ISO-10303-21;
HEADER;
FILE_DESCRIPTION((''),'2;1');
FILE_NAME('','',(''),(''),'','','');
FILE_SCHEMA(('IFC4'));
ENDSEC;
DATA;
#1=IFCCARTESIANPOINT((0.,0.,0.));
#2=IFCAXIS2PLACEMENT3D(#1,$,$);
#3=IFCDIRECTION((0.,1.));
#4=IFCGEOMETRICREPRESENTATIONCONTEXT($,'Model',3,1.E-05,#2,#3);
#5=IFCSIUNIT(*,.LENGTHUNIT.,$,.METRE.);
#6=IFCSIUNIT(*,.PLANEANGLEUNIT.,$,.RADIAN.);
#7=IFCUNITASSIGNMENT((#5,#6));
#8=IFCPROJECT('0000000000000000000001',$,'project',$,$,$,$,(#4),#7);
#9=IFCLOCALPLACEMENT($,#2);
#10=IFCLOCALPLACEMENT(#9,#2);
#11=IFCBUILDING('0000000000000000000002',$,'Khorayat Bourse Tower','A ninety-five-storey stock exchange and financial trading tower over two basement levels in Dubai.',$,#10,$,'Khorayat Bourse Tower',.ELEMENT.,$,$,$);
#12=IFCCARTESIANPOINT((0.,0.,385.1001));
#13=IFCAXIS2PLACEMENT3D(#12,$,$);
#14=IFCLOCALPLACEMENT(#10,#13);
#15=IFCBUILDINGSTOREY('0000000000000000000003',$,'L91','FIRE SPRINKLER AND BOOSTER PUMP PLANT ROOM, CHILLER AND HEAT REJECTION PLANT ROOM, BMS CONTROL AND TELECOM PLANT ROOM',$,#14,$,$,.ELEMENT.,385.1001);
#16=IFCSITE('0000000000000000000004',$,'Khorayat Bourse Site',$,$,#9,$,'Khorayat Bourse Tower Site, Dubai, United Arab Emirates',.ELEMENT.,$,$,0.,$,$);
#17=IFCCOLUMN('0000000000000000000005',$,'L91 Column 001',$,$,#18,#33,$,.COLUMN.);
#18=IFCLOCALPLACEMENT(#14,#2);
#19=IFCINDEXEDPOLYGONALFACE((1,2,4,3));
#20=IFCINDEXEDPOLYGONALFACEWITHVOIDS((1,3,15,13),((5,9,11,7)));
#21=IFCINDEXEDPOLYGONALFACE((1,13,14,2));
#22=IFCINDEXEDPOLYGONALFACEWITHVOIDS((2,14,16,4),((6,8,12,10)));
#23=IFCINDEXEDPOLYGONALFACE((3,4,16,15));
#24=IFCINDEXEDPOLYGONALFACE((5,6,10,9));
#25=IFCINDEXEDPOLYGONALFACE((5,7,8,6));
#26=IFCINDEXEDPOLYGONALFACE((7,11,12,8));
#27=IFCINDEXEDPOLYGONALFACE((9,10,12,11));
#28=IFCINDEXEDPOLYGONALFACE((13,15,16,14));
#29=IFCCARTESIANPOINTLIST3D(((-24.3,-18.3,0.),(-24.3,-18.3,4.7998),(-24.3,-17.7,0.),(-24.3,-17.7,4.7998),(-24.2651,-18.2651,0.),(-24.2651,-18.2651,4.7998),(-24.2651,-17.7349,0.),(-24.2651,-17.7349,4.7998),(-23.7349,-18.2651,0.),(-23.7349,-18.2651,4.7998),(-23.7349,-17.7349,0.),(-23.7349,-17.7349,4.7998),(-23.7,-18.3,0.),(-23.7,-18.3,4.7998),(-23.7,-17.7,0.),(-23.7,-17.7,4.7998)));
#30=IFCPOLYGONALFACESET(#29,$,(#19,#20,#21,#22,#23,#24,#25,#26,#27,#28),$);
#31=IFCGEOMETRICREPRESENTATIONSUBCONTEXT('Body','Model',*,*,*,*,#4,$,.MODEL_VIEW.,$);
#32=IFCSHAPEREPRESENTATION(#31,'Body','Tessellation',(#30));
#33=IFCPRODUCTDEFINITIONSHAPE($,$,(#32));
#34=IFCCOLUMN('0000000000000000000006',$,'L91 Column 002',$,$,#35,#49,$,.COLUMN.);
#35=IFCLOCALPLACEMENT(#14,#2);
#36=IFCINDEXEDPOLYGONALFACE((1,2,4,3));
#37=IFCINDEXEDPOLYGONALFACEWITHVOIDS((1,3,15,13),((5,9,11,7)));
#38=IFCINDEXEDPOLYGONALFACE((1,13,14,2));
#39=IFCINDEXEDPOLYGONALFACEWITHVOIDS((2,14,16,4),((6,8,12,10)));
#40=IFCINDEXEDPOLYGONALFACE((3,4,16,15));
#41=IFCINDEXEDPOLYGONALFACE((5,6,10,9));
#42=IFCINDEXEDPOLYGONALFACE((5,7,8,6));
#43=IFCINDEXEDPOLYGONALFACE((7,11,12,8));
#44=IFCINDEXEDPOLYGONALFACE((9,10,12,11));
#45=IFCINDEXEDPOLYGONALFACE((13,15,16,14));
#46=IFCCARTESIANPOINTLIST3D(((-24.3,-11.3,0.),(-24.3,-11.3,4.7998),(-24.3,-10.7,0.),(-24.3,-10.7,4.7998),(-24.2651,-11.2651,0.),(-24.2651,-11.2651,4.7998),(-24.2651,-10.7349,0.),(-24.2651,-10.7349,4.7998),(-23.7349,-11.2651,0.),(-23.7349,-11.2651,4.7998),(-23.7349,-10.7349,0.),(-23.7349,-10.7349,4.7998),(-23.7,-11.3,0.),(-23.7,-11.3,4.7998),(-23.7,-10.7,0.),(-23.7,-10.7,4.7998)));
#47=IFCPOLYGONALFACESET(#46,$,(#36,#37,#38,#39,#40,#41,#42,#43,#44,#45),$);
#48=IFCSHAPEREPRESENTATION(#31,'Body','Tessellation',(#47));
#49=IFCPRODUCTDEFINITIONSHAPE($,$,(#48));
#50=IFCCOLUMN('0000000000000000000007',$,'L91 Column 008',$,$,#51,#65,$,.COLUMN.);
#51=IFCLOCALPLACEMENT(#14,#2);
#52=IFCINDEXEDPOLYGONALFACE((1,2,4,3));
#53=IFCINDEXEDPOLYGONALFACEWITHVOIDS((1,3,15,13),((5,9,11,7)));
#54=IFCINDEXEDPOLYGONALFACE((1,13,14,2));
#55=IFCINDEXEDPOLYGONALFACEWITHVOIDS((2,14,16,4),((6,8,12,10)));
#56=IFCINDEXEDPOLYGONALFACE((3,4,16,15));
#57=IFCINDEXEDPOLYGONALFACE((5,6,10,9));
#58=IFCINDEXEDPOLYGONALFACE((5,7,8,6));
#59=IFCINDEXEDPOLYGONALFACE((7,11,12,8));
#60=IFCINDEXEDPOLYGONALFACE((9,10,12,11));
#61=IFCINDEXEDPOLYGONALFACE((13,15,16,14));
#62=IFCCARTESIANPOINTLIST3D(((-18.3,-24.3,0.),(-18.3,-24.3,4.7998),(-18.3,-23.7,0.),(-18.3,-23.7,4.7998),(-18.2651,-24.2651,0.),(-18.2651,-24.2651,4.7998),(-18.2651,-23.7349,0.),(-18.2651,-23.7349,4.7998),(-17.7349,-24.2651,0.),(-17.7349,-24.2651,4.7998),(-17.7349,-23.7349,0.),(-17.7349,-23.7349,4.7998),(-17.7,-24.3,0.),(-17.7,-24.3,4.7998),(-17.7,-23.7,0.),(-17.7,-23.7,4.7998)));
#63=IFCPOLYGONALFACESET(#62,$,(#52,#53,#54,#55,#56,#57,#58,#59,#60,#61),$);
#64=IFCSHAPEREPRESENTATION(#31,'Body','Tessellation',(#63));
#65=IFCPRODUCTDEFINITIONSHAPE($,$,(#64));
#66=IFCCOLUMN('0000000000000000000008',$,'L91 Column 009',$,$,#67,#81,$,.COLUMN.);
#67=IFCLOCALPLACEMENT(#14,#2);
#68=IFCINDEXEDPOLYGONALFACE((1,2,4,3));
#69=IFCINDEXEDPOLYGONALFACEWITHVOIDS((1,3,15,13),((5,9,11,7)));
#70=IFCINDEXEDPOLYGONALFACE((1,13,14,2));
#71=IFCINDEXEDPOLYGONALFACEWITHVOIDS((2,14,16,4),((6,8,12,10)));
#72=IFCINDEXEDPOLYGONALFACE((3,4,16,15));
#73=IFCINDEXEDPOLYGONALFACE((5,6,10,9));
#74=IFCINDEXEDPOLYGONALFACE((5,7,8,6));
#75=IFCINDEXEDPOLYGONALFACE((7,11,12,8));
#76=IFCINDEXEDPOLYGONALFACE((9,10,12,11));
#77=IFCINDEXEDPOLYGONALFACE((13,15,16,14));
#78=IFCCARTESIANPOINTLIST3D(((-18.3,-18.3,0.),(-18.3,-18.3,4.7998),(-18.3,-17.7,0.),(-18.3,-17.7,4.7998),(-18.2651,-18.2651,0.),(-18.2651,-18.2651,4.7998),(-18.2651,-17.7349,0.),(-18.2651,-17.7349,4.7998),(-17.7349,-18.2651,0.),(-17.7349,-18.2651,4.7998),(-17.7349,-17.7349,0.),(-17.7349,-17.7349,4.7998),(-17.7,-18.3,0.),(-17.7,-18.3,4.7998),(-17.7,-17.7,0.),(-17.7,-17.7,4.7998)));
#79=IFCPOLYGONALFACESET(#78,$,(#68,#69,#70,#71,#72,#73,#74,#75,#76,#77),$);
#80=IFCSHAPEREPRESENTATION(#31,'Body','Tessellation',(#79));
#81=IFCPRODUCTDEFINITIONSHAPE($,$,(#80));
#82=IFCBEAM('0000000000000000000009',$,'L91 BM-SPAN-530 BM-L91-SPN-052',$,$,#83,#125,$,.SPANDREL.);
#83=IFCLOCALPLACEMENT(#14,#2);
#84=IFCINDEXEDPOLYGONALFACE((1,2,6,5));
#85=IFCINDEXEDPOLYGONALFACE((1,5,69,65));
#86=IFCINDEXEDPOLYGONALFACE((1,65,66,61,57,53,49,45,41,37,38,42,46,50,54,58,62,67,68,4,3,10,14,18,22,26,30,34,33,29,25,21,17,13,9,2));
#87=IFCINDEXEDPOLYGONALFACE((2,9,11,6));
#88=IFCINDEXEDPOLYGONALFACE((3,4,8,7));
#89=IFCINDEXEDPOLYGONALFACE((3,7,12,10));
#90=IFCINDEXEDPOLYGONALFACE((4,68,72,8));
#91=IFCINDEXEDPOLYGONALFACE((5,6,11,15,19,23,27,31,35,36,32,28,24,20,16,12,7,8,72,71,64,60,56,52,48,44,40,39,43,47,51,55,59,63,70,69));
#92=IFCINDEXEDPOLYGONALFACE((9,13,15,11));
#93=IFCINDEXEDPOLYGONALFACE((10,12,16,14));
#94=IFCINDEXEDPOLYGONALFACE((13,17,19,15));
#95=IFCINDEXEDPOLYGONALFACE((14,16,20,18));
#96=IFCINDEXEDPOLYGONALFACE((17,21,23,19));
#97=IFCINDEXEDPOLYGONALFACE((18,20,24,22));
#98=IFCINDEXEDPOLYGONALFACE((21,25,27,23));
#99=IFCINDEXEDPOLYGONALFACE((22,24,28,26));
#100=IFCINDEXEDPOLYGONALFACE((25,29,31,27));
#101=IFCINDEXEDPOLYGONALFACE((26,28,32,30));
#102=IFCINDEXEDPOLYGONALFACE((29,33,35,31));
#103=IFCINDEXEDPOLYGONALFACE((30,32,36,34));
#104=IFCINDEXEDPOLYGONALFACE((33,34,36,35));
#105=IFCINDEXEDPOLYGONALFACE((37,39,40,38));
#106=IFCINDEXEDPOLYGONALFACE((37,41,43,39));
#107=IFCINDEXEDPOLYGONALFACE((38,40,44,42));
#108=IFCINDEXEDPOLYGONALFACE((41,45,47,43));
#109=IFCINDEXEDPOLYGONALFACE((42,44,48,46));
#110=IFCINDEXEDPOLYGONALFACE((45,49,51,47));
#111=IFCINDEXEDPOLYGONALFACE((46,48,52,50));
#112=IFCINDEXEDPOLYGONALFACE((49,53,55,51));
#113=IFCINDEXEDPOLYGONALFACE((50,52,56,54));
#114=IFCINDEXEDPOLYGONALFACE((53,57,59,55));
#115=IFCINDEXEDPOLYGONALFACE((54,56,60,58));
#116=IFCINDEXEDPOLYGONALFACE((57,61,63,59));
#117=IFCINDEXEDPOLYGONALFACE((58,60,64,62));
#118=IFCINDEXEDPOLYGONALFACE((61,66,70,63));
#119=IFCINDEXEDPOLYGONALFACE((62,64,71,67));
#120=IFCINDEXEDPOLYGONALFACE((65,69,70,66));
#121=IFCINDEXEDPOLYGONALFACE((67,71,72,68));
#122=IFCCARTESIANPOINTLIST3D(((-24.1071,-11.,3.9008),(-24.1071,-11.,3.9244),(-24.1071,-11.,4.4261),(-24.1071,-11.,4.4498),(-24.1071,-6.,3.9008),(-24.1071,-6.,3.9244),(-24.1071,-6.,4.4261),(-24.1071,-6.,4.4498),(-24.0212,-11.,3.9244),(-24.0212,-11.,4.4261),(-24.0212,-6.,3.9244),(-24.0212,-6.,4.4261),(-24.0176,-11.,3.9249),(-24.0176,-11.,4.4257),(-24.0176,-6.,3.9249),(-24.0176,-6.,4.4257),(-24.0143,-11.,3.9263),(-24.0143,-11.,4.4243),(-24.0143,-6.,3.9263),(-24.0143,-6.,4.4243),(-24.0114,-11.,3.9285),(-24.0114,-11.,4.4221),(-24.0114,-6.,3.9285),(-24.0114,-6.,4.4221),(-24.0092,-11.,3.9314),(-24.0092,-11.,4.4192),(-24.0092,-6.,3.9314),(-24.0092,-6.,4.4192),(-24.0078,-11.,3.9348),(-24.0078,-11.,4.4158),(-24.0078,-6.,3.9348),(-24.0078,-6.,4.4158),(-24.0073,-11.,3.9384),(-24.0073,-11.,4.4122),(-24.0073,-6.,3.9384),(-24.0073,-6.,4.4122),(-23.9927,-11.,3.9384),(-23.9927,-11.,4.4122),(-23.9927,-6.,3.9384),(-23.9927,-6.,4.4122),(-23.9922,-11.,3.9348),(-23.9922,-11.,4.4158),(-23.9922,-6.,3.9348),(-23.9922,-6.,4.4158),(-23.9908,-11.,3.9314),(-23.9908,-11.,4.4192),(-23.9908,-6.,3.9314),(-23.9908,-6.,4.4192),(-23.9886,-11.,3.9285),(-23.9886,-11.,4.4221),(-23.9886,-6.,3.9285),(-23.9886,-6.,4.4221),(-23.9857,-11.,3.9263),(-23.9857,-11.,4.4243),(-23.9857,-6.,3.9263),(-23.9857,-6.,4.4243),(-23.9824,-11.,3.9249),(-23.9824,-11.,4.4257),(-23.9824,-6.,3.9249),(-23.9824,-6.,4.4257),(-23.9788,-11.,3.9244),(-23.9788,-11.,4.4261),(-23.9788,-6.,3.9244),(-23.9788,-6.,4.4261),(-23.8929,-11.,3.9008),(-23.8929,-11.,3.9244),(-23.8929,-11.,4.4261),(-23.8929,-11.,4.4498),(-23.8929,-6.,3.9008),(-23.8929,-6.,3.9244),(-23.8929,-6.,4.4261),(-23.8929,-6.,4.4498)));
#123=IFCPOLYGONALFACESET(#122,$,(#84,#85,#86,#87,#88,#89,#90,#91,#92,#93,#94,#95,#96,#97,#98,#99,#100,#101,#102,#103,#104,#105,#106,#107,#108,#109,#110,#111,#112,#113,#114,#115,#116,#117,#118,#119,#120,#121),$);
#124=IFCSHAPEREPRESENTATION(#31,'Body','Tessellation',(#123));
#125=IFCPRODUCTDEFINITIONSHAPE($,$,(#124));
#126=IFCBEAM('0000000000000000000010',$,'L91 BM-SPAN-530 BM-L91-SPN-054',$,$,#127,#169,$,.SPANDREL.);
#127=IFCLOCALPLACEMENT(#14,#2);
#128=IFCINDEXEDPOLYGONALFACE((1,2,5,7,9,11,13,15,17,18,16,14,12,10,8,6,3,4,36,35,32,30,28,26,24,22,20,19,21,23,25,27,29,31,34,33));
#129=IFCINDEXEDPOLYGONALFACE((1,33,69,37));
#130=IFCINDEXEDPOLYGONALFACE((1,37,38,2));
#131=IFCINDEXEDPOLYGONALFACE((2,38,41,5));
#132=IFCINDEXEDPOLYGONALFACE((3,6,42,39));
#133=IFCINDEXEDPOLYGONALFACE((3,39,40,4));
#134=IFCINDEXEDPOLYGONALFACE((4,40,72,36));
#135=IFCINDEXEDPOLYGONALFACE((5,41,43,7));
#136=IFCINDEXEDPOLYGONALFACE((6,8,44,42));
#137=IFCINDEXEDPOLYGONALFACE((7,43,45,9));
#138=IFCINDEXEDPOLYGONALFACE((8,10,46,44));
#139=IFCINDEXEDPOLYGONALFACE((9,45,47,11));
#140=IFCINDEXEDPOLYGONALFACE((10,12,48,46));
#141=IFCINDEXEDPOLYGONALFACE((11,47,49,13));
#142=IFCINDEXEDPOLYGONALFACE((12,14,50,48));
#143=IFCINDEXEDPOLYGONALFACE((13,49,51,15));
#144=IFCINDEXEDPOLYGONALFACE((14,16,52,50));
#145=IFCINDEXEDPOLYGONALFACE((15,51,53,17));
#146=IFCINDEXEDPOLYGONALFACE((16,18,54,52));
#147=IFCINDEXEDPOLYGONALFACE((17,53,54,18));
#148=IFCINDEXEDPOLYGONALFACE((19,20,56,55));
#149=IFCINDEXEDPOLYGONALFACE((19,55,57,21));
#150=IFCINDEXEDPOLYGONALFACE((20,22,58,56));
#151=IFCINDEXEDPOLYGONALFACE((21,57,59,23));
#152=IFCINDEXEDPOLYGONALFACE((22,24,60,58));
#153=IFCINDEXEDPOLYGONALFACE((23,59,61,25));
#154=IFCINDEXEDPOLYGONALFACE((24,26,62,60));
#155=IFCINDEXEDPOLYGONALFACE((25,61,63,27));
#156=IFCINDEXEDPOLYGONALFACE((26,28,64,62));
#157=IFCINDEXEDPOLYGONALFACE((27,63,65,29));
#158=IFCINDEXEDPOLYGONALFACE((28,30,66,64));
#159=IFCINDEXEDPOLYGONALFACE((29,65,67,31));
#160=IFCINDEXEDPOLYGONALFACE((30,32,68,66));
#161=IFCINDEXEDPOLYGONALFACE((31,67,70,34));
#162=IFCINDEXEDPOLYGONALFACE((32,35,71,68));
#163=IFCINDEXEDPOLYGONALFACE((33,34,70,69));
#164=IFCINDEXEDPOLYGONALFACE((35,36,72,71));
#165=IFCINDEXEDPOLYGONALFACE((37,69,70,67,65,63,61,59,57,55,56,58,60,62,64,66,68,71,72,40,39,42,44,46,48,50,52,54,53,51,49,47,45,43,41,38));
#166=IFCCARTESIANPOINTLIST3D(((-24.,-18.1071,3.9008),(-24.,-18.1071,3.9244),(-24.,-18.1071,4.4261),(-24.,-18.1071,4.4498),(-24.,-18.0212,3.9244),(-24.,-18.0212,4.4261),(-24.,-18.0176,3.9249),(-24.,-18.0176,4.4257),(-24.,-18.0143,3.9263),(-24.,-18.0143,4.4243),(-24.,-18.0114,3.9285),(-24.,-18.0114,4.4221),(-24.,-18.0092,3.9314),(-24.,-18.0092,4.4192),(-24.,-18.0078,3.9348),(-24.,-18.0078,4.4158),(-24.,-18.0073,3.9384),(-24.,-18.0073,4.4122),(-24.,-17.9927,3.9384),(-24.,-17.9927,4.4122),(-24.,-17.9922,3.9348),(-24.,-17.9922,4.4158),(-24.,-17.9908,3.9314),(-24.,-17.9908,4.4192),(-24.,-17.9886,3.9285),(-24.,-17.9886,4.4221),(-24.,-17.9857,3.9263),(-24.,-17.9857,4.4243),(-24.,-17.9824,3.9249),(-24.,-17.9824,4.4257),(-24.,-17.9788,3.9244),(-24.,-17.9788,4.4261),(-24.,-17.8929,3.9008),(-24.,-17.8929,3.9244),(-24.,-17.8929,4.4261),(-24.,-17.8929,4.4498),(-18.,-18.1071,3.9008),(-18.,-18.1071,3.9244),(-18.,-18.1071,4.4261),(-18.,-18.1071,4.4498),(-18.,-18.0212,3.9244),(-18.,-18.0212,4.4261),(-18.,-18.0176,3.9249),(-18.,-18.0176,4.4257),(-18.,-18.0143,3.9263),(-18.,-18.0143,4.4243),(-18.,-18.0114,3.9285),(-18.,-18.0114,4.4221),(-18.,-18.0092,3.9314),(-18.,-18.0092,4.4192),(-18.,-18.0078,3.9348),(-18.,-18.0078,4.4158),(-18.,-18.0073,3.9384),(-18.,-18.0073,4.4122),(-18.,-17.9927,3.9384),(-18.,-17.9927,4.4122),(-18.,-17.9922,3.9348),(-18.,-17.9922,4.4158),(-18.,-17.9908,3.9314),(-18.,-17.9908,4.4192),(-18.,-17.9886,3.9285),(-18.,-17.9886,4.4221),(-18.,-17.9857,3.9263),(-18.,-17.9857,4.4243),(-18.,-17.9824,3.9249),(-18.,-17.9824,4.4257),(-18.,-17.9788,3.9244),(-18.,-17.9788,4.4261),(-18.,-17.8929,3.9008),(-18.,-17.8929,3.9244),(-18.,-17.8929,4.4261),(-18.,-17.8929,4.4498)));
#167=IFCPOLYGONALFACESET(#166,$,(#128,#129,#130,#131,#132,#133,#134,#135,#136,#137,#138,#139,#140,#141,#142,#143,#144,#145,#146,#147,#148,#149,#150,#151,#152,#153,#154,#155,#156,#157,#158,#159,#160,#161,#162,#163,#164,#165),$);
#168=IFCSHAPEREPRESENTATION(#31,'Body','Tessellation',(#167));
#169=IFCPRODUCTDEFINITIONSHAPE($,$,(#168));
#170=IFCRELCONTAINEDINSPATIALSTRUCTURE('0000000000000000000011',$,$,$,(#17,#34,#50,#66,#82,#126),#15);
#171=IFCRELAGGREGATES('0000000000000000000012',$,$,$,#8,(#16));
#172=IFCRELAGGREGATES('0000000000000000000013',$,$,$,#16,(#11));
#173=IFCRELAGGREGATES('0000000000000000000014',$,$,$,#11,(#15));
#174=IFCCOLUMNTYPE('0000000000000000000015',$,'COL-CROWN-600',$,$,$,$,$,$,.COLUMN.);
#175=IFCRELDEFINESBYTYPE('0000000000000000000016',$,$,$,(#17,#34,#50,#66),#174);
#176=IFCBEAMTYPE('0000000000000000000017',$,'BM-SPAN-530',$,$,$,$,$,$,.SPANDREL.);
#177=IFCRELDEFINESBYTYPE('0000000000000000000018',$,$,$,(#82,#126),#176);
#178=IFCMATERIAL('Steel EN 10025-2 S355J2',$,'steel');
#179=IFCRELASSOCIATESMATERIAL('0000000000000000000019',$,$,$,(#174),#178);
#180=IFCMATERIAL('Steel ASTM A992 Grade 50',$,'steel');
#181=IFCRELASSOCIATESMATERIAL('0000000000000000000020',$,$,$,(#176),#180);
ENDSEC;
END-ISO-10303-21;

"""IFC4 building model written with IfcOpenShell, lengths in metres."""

from ifc_helpers import new_model, si_unit, direction, frame, origin, origin_2d, place, context, subcontext, project, spatial, hollow_rectangle, i_section, extrude, source, transform, mapped, material, material_profile, profile_set, type_object, element, save


model = new_model("IFC4")

# Units and contexts
model_context = context("Model", 3, precision=1e-05, world=origin(), true_north=direction((0.0, 1.0)))
body_context = subcontext(model_context, "Body", "Model", "MODEL_VIEW")
ifc_project = project(units=[si_unit("LENGTHUNIT", "METRE"), si_unit("PLANEANGLEUNIT", "RADIAN")], contexts=[model_context])

# Site, building, storey
site_placement = place(None, origin())
site = spatial("IfcSite", under=ifc_project, at=site_placement, Name="Khorayat Bourse Site", LongName="Khorayat Bourse Tower Site, Dubai, United Arab Emirates", CompositionType="ELEMENT", RefElevation=0.0)
building_placement = place(site_placement, origin())
building = spatial("IfcBuilding", under=site, at=building_placement, Name="Khorayat Bourse Tower", Description="A ninety-five-storey stock exchange and financial trading tower over two basement levels in Dubai.", LongName="Khorayat Bourse Tower", CompositionType="ELEMENT")
storey_placement = place(building_placement, frame((0.0, 0.0, 385.1001)))
storey = spatial("IfcBuildingStorey", under=building, at=storey_placement, Name="L91", Description="FIRE SPRINKLER AND BOOSTER PUMP PLANT ROOM, CHILLER AND HEAT REJECTION PLANT ROOM, BMS CONTROL AND TELECOM PLANT ROOM", CompositionType="ELEMENT", Elevation=385.1001)

# Columns
ifc_material_1 = material(Name="Steel EN 10025-2 S355J2", Category="steel")
ifc_material_profile_1 = material_profile(ifc_material_1, hollow_rectangle(XDim=0.6001, YDim=0.6001, WallThickness=0.0349, at=origin_2d()), Name="BOX 600x600x35")
ifc_profile_set_1 = profile_set([ifc_material_profile_1], Name="Steel EN 10025-2 S355J2")
column_type = type_object("IfcColumnType", Name="COL-CROWN-600", PredefinedType="COLUMN", material=ifc_profile_set_1)
shared_shape_1 = source(origin(), body_context, "Body", "SweptSolid", [
    extrude(hollow_rectangle(XDim=0.6001, YDim=0.6001, WallThickness=0.0349, at=origin_2d()), origin(), (0.0, 0.0, 1.0), 4.7998),
])
for number, where, z_axis, x_axis, name in (
    (1, (-24.0, -18.0, 0.0), (0.0, 0.0, 1.0), (1.0, 0.0, 0.0), "L91 Column 001"),
    (2, (-24.0, -11.0, 0.0), (0.0, 0.0, 1.0), (1.0, 0.0, 0.0), "L91 Column 002"),
    (3, (-18.0, -24.0, 0.0), (0.0, 0.0, 1.0), (1.0, 0.0, 0.0), "L91 Column 008"),
    (4, (-18.0, -18.0, 0.0), (0.0, 0.0, 1.0), (1.0, 0.0, 0.0), "L91 Column 009"),
):
    element("IfcColumn", number, at=place(storey_placement, frame(where, z_axis=z_axis, x_axis=x_axis)), inside=storey, type_object=column_type, Name=name, PredefinedType="COLUMN", context=body_context, shape_type="MappedRepresentation", body=[
        mapped(shared_shape_1, transform((0.0, 0.0, 0.0), scale=1.0)),
    ])

# Beams
ifc_material_2 = material(Name="Steel ASTM A992 Grade 50", Category="steel")
ifc_material_profile_2 = material_profile(ifc_material_2, i_section(OverallWidth=0.2141, OverallDepth=0.5491, WebThickness=0.0146, FlangeThickness=0.0237, FilletRadius=0.0139, at=origin_2d()), Name="W530X138")
ifc_profile_set_2 = profile_set([ifc_material_profile_2], Name="Steel ASTM A992 Grade 50")
beam_type_1 = type_object("IfcBeamType", Name="BM-SPAN-530", PredefinedType="SPANDREL", material=ifc_profile_set_2)
shared_shape_2 = source(origin(), body_context, "Body", "SweptSolid", [
    extrude(i_section(OverallWidth=0.2141, OverallDepth=0.5491, WebThickness=0.0146, FlangeThickness=0.0237, FilletRadius=0.0139, at=origin_2d()), origin(), (0.0, 0.0, 1.0), 5.0),
])
beam_1_placement = place(storey_placement, frame((-24.0, -11.0, 4.1753), z_axis=(0.0, 1.0, 0.0), x_axis=(-1.0, 0.0, 0.0)))
element("IfcBeam", 5, at=beam_1_placement, inside=storey, type_object=beam_type_1, Name="L91 BM-SPAN-530 BM-L91-SPN-052", PredefinedType="SPANDREL", context=body_context, shape_type="MappedRepresentation", body=[
    mapped(shared_shape_2, transform((0.0, 0.0, 0.0), scale=1.0)),
])
shared_shape_3 = source(origin(), body_context, "Body", "SweptSolid", [
    extrude(i_section(OverallWidth=0.2141, OverallDepth=0.5491, WebThickness=0.0146, FlangeThickness=0.0237, FilletRadius=0.0139, at=origin_2d()), origin(), (0.0, 0.0, 1.0), 6.0),
])
for number, where, z_axis, x_axis, name in (
    (6, (-24.0, -18.0, 4.1753), (1.0, 0.0, 0.0), (0.0, 1.0, 0.0), "L91 BM-SPAN-530 BM-L91-SPN-054"),
):
    element("IfcBeam", number, at=place(storey_placement, frame(where, z_axis=z_axis, x_axis=x_axis)), inside=storey, type_object=beam_type_1, Name=name, PredefinedType="SPANDREL", context=body_context, shape_type="MappedRepresentation", body=[
        mapped(shared_shape_3, transform((0.0, 0.0, 0.0), scale=1.0)),
    ])

save(model, "model.ifc")
